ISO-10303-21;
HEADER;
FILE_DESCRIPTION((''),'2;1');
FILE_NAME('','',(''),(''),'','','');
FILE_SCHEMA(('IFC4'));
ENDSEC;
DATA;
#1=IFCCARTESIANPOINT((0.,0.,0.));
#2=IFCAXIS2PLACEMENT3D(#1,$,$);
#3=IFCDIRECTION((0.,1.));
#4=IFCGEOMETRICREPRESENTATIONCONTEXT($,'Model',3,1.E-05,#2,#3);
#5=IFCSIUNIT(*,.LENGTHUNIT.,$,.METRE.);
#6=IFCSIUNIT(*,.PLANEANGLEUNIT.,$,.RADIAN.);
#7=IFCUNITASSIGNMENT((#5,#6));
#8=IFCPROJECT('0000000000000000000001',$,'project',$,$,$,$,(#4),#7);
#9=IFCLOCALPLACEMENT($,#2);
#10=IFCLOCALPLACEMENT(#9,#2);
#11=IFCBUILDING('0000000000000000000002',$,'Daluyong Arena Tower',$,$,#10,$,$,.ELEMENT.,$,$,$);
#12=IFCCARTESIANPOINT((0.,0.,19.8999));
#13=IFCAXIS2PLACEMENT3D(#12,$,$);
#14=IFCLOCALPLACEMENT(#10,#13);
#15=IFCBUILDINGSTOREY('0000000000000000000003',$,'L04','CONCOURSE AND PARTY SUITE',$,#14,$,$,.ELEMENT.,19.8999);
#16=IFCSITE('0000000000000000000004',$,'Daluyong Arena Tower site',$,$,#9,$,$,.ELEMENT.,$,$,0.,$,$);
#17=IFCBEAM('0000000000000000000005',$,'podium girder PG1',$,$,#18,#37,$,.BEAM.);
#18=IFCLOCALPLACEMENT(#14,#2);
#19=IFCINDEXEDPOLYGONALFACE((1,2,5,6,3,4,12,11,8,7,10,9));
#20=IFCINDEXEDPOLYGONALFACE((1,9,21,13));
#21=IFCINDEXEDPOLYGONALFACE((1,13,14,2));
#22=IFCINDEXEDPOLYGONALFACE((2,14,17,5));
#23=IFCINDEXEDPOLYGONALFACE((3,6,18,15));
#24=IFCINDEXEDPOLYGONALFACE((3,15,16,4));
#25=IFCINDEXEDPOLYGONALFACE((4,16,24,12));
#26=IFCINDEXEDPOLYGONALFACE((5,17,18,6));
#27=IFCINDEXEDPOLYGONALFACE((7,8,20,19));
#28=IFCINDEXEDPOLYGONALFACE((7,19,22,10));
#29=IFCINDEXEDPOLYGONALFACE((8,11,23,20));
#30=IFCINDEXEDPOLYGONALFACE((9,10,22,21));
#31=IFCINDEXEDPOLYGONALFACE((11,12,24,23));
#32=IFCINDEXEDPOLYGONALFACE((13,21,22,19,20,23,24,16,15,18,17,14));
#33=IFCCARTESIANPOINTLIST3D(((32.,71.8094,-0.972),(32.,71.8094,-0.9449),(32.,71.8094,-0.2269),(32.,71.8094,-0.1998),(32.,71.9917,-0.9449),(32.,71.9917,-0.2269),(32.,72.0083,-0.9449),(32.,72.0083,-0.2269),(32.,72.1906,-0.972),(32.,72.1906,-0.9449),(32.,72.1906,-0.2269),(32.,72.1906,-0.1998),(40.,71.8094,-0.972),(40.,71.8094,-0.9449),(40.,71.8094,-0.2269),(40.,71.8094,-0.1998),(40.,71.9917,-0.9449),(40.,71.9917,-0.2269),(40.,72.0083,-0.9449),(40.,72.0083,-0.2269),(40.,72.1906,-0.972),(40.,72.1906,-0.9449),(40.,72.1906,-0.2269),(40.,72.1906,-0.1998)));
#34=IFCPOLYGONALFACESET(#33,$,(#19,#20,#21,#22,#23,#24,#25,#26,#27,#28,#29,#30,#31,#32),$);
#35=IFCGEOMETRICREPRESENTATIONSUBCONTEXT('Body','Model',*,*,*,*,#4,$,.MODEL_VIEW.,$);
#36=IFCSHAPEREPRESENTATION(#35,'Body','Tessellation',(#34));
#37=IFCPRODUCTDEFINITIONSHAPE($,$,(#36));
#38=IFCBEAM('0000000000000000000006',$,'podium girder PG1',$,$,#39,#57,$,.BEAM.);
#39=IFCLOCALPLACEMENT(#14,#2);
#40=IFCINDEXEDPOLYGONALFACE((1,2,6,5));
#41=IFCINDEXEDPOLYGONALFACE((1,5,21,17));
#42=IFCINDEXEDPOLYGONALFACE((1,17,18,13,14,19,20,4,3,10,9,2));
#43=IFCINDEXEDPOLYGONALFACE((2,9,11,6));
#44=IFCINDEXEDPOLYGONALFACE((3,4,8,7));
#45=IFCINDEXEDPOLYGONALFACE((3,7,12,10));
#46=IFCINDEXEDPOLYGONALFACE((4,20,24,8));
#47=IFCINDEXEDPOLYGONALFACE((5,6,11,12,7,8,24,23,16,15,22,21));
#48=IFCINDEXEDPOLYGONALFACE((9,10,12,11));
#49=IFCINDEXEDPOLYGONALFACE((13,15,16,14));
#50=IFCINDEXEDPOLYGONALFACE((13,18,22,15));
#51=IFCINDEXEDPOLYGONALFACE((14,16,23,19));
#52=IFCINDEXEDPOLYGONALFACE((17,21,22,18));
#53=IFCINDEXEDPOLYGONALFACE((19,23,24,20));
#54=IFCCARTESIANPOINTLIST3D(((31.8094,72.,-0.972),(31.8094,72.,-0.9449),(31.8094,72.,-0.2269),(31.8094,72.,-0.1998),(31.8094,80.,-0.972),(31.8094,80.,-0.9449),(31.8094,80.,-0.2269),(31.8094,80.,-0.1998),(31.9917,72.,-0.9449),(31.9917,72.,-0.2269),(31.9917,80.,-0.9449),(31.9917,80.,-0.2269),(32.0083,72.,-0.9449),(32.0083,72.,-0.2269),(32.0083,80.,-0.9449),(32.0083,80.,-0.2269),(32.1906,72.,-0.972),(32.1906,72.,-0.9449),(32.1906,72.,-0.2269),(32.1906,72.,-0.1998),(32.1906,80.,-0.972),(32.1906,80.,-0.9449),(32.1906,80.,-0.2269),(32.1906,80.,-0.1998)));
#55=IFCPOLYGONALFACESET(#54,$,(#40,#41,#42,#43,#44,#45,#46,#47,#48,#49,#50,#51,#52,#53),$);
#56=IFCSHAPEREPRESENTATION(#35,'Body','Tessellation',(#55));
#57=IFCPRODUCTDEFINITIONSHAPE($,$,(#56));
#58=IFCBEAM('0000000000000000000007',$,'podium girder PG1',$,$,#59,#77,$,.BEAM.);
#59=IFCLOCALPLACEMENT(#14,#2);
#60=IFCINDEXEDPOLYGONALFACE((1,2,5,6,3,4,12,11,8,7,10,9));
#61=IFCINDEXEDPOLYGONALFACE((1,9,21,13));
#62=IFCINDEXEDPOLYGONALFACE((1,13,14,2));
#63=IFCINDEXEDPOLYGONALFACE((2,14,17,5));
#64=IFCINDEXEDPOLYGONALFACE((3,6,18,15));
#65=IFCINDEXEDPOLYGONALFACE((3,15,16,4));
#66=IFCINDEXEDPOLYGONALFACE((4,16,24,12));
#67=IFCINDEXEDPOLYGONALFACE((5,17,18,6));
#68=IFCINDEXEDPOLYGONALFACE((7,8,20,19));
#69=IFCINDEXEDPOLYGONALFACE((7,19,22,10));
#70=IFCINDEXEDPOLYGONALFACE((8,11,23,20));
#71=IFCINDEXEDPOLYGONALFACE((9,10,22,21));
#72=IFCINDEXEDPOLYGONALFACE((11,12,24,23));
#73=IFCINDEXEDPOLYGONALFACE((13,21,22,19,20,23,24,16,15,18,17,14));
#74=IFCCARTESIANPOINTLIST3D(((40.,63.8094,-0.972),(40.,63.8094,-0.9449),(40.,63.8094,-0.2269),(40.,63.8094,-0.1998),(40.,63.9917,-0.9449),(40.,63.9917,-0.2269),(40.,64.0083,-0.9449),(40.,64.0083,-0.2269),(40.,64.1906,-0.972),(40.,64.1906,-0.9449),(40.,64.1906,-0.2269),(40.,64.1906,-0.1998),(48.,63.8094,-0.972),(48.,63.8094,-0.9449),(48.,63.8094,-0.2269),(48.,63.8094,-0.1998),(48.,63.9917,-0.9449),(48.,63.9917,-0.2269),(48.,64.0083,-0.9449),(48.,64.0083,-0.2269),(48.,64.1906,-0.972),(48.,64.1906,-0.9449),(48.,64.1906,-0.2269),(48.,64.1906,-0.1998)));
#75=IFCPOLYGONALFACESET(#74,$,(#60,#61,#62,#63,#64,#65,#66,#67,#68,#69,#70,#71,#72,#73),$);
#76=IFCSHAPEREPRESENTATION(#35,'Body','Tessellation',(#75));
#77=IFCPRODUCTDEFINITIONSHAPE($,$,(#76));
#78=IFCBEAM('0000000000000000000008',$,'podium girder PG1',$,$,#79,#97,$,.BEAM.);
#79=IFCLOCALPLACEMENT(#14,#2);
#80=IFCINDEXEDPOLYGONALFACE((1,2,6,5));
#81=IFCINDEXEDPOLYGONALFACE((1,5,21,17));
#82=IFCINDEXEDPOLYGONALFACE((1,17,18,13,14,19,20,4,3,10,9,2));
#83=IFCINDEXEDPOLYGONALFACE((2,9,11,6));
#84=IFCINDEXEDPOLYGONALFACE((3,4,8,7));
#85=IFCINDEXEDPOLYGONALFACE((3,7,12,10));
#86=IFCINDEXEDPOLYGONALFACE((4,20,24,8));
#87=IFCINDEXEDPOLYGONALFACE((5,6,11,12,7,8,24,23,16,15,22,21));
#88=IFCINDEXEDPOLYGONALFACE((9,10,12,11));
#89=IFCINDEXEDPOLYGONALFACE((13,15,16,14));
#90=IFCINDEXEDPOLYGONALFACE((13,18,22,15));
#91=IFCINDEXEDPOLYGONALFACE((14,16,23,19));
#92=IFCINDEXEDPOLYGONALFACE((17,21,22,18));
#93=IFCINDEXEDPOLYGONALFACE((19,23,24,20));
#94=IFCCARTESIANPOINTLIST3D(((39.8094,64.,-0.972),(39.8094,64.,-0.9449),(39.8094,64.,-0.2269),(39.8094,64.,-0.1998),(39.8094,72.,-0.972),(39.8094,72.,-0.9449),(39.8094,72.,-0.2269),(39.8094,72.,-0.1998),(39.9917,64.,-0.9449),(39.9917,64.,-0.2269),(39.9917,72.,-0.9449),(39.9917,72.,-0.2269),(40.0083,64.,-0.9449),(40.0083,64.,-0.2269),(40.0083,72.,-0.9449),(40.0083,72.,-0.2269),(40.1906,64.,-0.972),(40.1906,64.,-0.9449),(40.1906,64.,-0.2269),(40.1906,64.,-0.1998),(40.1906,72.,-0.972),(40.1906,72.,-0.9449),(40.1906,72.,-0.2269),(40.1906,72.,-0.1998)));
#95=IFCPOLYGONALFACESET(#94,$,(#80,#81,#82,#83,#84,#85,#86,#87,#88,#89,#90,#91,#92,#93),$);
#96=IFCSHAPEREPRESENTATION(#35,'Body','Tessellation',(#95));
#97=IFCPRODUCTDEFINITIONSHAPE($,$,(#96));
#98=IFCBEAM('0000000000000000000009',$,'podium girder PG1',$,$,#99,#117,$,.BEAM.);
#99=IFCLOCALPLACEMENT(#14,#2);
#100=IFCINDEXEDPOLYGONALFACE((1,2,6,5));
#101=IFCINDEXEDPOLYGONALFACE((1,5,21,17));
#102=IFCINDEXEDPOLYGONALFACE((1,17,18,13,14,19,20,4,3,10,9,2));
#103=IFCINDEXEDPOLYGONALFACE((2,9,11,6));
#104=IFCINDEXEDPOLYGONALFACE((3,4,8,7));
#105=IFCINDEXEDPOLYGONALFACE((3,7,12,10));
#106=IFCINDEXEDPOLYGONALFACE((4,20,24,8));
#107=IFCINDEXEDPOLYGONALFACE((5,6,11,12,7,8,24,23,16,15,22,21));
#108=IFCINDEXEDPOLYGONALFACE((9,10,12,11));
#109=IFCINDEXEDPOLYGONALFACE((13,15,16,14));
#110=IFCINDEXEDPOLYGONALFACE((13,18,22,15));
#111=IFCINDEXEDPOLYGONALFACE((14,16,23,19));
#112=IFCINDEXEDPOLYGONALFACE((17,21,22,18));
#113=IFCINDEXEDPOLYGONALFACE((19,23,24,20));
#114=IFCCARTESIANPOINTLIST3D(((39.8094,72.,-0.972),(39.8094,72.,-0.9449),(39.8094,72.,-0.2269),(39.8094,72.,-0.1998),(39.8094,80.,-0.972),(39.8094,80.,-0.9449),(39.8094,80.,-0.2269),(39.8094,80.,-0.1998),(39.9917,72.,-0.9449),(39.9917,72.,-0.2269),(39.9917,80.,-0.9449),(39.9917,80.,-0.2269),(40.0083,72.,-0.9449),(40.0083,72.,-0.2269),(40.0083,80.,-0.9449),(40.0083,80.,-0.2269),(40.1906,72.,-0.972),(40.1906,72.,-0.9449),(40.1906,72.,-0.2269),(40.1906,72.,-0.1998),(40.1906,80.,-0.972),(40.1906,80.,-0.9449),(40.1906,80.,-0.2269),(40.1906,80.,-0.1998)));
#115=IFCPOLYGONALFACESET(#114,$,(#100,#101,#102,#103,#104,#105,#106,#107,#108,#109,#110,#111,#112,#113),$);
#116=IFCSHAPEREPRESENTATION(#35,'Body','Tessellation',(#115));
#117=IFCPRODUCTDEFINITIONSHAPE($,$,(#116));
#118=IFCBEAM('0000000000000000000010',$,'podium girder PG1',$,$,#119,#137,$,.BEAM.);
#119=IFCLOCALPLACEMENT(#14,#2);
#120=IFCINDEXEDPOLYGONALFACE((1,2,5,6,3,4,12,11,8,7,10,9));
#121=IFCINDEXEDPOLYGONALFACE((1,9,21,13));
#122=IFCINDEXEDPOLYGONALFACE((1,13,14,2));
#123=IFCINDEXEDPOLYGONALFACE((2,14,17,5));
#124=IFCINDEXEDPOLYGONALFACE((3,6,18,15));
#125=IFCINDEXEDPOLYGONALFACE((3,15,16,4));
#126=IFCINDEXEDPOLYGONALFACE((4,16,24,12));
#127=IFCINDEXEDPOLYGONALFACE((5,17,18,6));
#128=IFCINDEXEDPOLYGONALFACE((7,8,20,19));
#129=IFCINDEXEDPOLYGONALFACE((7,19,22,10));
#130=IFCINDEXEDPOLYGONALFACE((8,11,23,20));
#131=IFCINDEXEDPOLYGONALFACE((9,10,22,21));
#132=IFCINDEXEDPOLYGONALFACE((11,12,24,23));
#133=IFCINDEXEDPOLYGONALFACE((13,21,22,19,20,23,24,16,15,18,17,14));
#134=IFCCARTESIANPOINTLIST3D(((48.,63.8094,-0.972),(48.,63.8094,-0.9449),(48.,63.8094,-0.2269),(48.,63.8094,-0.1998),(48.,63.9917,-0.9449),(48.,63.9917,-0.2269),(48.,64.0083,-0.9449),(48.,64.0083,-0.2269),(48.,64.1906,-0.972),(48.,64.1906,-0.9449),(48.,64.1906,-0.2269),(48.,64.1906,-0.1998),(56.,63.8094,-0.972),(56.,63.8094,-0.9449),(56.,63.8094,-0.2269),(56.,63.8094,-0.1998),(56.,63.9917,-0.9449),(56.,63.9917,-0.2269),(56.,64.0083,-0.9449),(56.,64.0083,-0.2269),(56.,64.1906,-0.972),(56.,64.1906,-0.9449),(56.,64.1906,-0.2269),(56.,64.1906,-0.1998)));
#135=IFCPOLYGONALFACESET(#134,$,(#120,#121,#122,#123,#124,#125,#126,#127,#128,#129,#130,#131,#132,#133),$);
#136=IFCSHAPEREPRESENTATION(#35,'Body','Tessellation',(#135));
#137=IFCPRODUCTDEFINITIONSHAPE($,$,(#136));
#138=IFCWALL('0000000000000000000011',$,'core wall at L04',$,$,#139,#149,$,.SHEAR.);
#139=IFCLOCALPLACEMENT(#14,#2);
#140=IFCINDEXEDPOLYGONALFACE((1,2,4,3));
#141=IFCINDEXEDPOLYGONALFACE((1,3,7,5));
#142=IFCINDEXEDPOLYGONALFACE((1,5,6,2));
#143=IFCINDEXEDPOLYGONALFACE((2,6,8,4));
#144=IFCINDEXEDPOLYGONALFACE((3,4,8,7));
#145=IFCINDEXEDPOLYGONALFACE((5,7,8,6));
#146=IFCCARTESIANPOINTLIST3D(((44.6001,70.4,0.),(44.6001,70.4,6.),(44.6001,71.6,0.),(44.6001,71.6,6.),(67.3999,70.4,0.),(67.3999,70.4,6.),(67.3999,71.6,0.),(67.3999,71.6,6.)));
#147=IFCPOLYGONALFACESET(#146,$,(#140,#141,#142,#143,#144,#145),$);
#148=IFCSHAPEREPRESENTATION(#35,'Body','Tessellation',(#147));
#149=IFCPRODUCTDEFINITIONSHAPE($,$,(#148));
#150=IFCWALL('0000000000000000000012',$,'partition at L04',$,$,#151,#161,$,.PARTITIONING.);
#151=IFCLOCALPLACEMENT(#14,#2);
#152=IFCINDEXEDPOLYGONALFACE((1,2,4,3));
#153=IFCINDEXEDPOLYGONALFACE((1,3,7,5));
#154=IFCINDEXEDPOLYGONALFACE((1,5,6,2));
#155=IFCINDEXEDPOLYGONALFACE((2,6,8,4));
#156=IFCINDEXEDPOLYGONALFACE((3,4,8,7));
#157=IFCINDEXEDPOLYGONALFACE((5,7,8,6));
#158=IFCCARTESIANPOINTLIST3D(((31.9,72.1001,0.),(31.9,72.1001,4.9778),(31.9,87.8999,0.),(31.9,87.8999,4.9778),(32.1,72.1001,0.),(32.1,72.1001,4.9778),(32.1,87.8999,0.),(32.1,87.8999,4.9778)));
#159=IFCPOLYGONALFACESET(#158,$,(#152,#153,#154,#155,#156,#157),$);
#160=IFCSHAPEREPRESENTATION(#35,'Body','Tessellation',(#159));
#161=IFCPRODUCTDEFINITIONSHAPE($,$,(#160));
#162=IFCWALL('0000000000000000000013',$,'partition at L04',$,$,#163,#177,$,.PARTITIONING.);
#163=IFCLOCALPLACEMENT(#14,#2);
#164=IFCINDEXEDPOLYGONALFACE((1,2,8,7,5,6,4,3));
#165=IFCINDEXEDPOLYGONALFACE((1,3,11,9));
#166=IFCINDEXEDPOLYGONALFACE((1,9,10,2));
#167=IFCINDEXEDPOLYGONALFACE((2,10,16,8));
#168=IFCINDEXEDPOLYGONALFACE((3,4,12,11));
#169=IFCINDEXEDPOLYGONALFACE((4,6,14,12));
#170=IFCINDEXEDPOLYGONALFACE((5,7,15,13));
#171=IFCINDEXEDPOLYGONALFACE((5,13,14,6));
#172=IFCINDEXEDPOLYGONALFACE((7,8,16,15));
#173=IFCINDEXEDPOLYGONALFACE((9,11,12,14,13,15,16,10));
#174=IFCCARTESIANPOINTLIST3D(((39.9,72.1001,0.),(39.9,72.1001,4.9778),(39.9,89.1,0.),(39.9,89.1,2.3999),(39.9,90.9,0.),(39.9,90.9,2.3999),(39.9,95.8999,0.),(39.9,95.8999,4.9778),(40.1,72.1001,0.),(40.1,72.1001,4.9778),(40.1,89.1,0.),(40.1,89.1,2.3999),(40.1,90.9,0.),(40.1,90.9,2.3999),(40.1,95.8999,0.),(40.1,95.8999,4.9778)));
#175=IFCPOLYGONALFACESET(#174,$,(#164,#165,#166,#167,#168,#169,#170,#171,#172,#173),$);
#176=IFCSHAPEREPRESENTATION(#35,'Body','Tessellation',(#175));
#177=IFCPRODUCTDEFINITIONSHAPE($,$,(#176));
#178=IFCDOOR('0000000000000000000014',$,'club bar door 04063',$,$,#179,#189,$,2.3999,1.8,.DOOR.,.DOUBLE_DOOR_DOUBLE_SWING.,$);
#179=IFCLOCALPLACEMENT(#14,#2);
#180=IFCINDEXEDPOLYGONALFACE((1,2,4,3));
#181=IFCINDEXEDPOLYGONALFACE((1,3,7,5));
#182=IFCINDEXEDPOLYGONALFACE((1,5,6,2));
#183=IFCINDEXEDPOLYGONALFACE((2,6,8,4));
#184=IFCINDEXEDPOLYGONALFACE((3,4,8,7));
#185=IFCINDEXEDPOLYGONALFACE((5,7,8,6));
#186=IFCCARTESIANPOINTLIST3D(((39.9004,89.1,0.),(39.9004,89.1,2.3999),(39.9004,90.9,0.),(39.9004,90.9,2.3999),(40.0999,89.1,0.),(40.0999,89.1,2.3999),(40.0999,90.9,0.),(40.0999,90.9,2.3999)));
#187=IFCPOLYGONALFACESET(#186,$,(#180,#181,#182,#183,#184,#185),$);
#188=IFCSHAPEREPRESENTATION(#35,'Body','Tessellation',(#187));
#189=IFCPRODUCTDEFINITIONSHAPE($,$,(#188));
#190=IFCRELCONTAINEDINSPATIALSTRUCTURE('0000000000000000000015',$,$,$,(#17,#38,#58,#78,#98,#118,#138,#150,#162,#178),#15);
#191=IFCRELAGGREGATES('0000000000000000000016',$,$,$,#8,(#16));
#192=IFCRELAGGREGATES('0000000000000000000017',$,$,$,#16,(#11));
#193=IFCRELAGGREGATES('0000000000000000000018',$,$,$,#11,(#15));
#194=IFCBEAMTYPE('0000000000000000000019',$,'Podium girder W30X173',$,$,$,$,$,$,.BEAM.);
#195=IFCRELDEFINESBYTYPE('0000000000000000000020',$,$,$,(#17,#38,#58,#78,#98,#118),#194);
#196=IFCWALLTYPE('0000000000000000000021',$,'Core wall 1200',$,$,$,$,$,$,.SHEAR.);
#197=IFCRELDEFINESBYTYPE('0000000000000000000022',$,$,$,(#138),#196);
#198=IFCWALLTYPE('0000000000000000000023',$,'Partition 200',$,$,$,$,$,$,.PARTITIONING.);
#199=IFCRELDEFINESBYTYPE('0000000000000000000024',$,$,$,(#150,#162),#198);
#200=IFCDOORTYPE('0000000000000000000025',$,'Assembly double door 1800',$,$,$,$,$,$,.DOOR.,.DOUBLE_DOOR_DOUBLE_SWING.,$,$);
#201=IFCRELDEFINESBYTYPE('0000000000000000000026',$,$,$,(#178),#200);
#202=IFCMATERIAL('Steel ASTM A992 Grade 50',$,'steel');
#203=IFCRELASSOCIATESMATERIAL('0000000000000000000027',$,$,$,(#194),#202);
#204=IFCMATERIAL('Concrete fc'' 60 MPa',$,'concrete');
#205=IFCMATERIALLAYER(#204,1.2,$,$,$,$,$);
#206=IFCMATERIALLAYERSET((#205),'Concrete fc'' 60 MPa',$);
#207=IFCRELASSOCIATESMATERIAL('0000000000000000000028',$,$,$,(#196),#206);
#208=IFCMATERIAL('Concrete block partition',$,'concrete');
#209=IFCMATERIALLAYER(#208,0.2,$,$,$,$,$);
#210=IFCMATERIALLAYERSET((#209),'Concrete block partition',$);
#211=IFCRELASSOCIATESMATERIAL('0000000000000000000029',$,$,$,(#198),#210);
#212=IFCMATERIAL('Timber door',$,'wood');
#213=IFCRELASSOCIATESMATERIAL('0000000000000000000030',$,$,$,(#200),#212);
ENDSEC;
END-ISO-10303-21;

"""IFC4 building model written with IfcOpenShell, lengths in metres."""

from ifc_helpers import new_model, si_unit, direction, frame, frame_2d, origin, origin_2d, place, context, subcontext, project, spatial, rectangle, i_section, extrude, material, layer, layer_set, material_profile, profile_set, type_object, element, fill, save


model = new_model("IFC4")

# Units and contexts
model_context = context("Model", 3, precision=1e-05, world=origin(), true_north=direction((0.0, 1.0)))
body_context = subcontext(model_context, "Body", "Model", "MODEL_VIEW")
ifc_project = project(units=[si_unit("LENGTHUNIT", "METRE"), si_unit("PLANEANGLEUNIT", "RADIAN")], contexts=[model_context])

# Site, building, storey
site_placement = place(None, origin())
site = spatial("IfcSite", under=ifc_project, at=site_placement, Name="Daluyong Arena Tower site", CompositionType="ELEMENT", RefElevation=0.0)
building_placement = place(site_placement, origin())
building = spatial("IfcBuilding", under=site, at=building_placement, Name="Daluyong Arena Tower", CompositionType="ELEMENT")
storey_placement = place(building_placement, frame((0.0, 0.0, 19.8999)))
storey = spatial("IfcBuildingStorey", under=building, at=storey_placement, Name="L04", Description="CONCOURSE AND PARTY SUITE", CompositionType="ELEMENT", Elevation=19.8999)

# Beams
ifc_material_1 = material(Name="Steel ASTM A992 Grade 50", Category="steel")
ifc_material_profile_1 = material_profile(ifc_material_1, i_section(OverallWidth=0.3811, OverallDepth=0.7722, WebThickness=0.0166, FlangeThickness=0.0271, at=origin_2d()))
ifc_profile_set_1 = profile_set([ifc_material_profile_1], Name="Steel ASTM A992 Grade 50")
beam_type_1 = type_object("IfcBeamType", Name="Podium girder W30X173", PredefinedType="BEAM", material=ifc_profile_set_1)
for number, where, z_axis, x_axis, name in (
    (1, (32.0, 72.0, -0.5859), (1.0, 0.0, 0.0), (0.0, 1.0, 0.0), "podium girder PG1"),
    (2, (32.0, 72.0, -0.5859), (0.0, 1.0, 0.0), (-1.0, 0.0, 0.0), "podium girder PG1"),
    (3, (40.0, 64.0, -0.5859), (1.0, 0.0, 0.0), (0.0, 1.0, 0.0), "podium girder PG1"),
    (4, (40.0, 64.0, -0.5859), (0.0, 1.0, 0.0), (-1.0, 0.0, 0.0), "podium girder PG1"),
    (5, (40.0, 72.0, -0.5859), (0.0, 1.0, 0.0), (-1.0, 0.0, 0.0), "podium girder PG1"),
    (6, (48.0, 64.0, -0.5859), (1.0, 0.0, 0.0), (0.0, 1.0, 0.0), "podium girder PG1"),
):
    element("IfcBeam", number, at=place(storey_placement, frame(where, z_axis=z_axis, x_axis=x_axis)), inside=storey, type_object=beam_type_1, Name=name, PredefinedType="BEAM", context=body_context, shape_type="SweptSolid", body=[
        extrude(i_section(OverallWidth=0.3811, OverallDepth=0.7722, WebThickness=0.0166, FlangeThickness=0.0271, at=origin_2d()), origin(), (0.0, 0.0, 1.0), 8.0),
    ])

# Shared definitions
ifc_material_2 = material(Name="Concrete fc' 60 MPa", Category="concrete")
ifc_layer_1 = layer(ifc_material_2, 1.2)
ifc_layer_set_1 = layer_set([ifc_layer_1], Name="Concrete fc' 60 MPa")
wall_type_1 = type_object("IfcWallType", Name="Core wall 1200", PredefinedType="SHEAR", material=ifc_layer_set_1)

# Walls
wall_1_placement = place(storey_placement, frame((44.6001, 71.0, 0.0), z_axis=(0.0, 0.0, 1.0), x_axis=(1.0, 0.0, 0.0)))
element("IfcWall", 7, at=wall_1_placement, inside=storey, type_object=wall_type_1, Name="core wall at L04", PredefinedType="SHEAR", context=body_context, shape_type="SweptSolid", body=[
    extrude(rectangle(XDim=22.7998, YDim=1.2, at=frame_2d((11.3999, 0.0))), origin(), (0.0, 0.0, 1.0), 6.0),
])
ifc_material_3 = material(Name="Concrete block partition", Category="concrete")
ifc_layer_2 = layer(ifc_material_3, 0.2)
ifc_layer_set_2 = layer_set([ifc_layer_2], Name="Concrete block partition")
wall_type_2 = type_object("IfcWallType", Name="Partition 200", PredefinedType="PARTITIONING", material=ifc_layer_set_2)
wall_2_placement = place(storey_placement, frame((32.0, 72.1001, 0.0), z_axis=(0.0, 0.0, 1.0), x_axis=(0.0, 1.0, 0.0)))
element("IfcWall", 8, at=wall_2_placement, inside=storey, type_object=wall_type_2, Name="partition at L04", PredefinedType="PARTITIONING", context=body_context, shape_type="SweptSolid", body=[
    extrude(rectangle(XDim=15.7998, YDim=0.2, at=frame_2d((7.8999, 0.0))), origin(), (0.0, 0.0, 1.0), 4.9778),
])

# Wall, opening, door
wall_3_placement = place(storey_placement, frame((40.0, 72.1001, 0.0), z_axis=(0.0, 0.0, 1.0), x_axis=(0.0, 1.0, 0.0)))
wall_3 = element("IfcWall", 9, at=wall_3_placement, inside=storey, type_object=wall_type_2, Name="partition at L04", PredefinedType="PARTITIONING", context=body_context, shape_type="SweptSolid", body=[
    extrude(rectangle(XDim=23.7998, YDim=0.2, at=frame_2d((11.8999, 0.0))), origin(), (0.0, 0.0, 1.0), 4.9778),
])
opening_1_placement = place(wall_3_placement, frame((17.0, 0.0, 0.0)))
opening_1 = element("IfcOpeningElement", 10, at=opening_1_placement, cuts=wall_3, PredefinedType="OPENING", context=body_context, shape_type="SweptSolid", body=[
    extrude(rectangle(XDim=1.8, YDim=2.3999, at=frame_2d((0.8999, 1.2))), frame((0.0, 0.1099, 0.0), z_axis=(0.0, -1.0, 0.0), x_axis=(1.0, 0.0, 0.0)), (0.0, 0.0, 1.0), 0.22),
])
ifc_material_4 = material(Name="Timber door", Category="wood")
door_type_1 = type_object("IfcDoorType", Name="Assembly double door 1800", OperationType="DOUBLE_DOOR_DOUBLE_SWING", PredefinedType="DOOR", material=ifc_material_4)
door_1_placement = place(opening_1_placement, origin())
door_1 = element("IfcDoor", 11, at=door_1_placement, inside=storey, type_object=door_type_1, Name="club bar door 04063", OperationType="DOUBLE_DOOR_DOUBLE_SWING", OverallHeight=2.3999, OverallWidth=1.8, PredefinedType="DOOR", context=body_context, shape_type="SweptSolid", body=[
    extrude(rectangle(XDim=1.8, YDim=2.3999, at=frame_2d((0.8999, 1.2))), frame((0.0, 0.0996, 0.0), z_axis=(0.0, -1.0, 0.0), x_axis=(1.0, 0.0, 0.0)), (0.0, 0.0, 1.0), 0.1995),
])
fill(opening_1, door_1)

save(model, "model.ifc")
